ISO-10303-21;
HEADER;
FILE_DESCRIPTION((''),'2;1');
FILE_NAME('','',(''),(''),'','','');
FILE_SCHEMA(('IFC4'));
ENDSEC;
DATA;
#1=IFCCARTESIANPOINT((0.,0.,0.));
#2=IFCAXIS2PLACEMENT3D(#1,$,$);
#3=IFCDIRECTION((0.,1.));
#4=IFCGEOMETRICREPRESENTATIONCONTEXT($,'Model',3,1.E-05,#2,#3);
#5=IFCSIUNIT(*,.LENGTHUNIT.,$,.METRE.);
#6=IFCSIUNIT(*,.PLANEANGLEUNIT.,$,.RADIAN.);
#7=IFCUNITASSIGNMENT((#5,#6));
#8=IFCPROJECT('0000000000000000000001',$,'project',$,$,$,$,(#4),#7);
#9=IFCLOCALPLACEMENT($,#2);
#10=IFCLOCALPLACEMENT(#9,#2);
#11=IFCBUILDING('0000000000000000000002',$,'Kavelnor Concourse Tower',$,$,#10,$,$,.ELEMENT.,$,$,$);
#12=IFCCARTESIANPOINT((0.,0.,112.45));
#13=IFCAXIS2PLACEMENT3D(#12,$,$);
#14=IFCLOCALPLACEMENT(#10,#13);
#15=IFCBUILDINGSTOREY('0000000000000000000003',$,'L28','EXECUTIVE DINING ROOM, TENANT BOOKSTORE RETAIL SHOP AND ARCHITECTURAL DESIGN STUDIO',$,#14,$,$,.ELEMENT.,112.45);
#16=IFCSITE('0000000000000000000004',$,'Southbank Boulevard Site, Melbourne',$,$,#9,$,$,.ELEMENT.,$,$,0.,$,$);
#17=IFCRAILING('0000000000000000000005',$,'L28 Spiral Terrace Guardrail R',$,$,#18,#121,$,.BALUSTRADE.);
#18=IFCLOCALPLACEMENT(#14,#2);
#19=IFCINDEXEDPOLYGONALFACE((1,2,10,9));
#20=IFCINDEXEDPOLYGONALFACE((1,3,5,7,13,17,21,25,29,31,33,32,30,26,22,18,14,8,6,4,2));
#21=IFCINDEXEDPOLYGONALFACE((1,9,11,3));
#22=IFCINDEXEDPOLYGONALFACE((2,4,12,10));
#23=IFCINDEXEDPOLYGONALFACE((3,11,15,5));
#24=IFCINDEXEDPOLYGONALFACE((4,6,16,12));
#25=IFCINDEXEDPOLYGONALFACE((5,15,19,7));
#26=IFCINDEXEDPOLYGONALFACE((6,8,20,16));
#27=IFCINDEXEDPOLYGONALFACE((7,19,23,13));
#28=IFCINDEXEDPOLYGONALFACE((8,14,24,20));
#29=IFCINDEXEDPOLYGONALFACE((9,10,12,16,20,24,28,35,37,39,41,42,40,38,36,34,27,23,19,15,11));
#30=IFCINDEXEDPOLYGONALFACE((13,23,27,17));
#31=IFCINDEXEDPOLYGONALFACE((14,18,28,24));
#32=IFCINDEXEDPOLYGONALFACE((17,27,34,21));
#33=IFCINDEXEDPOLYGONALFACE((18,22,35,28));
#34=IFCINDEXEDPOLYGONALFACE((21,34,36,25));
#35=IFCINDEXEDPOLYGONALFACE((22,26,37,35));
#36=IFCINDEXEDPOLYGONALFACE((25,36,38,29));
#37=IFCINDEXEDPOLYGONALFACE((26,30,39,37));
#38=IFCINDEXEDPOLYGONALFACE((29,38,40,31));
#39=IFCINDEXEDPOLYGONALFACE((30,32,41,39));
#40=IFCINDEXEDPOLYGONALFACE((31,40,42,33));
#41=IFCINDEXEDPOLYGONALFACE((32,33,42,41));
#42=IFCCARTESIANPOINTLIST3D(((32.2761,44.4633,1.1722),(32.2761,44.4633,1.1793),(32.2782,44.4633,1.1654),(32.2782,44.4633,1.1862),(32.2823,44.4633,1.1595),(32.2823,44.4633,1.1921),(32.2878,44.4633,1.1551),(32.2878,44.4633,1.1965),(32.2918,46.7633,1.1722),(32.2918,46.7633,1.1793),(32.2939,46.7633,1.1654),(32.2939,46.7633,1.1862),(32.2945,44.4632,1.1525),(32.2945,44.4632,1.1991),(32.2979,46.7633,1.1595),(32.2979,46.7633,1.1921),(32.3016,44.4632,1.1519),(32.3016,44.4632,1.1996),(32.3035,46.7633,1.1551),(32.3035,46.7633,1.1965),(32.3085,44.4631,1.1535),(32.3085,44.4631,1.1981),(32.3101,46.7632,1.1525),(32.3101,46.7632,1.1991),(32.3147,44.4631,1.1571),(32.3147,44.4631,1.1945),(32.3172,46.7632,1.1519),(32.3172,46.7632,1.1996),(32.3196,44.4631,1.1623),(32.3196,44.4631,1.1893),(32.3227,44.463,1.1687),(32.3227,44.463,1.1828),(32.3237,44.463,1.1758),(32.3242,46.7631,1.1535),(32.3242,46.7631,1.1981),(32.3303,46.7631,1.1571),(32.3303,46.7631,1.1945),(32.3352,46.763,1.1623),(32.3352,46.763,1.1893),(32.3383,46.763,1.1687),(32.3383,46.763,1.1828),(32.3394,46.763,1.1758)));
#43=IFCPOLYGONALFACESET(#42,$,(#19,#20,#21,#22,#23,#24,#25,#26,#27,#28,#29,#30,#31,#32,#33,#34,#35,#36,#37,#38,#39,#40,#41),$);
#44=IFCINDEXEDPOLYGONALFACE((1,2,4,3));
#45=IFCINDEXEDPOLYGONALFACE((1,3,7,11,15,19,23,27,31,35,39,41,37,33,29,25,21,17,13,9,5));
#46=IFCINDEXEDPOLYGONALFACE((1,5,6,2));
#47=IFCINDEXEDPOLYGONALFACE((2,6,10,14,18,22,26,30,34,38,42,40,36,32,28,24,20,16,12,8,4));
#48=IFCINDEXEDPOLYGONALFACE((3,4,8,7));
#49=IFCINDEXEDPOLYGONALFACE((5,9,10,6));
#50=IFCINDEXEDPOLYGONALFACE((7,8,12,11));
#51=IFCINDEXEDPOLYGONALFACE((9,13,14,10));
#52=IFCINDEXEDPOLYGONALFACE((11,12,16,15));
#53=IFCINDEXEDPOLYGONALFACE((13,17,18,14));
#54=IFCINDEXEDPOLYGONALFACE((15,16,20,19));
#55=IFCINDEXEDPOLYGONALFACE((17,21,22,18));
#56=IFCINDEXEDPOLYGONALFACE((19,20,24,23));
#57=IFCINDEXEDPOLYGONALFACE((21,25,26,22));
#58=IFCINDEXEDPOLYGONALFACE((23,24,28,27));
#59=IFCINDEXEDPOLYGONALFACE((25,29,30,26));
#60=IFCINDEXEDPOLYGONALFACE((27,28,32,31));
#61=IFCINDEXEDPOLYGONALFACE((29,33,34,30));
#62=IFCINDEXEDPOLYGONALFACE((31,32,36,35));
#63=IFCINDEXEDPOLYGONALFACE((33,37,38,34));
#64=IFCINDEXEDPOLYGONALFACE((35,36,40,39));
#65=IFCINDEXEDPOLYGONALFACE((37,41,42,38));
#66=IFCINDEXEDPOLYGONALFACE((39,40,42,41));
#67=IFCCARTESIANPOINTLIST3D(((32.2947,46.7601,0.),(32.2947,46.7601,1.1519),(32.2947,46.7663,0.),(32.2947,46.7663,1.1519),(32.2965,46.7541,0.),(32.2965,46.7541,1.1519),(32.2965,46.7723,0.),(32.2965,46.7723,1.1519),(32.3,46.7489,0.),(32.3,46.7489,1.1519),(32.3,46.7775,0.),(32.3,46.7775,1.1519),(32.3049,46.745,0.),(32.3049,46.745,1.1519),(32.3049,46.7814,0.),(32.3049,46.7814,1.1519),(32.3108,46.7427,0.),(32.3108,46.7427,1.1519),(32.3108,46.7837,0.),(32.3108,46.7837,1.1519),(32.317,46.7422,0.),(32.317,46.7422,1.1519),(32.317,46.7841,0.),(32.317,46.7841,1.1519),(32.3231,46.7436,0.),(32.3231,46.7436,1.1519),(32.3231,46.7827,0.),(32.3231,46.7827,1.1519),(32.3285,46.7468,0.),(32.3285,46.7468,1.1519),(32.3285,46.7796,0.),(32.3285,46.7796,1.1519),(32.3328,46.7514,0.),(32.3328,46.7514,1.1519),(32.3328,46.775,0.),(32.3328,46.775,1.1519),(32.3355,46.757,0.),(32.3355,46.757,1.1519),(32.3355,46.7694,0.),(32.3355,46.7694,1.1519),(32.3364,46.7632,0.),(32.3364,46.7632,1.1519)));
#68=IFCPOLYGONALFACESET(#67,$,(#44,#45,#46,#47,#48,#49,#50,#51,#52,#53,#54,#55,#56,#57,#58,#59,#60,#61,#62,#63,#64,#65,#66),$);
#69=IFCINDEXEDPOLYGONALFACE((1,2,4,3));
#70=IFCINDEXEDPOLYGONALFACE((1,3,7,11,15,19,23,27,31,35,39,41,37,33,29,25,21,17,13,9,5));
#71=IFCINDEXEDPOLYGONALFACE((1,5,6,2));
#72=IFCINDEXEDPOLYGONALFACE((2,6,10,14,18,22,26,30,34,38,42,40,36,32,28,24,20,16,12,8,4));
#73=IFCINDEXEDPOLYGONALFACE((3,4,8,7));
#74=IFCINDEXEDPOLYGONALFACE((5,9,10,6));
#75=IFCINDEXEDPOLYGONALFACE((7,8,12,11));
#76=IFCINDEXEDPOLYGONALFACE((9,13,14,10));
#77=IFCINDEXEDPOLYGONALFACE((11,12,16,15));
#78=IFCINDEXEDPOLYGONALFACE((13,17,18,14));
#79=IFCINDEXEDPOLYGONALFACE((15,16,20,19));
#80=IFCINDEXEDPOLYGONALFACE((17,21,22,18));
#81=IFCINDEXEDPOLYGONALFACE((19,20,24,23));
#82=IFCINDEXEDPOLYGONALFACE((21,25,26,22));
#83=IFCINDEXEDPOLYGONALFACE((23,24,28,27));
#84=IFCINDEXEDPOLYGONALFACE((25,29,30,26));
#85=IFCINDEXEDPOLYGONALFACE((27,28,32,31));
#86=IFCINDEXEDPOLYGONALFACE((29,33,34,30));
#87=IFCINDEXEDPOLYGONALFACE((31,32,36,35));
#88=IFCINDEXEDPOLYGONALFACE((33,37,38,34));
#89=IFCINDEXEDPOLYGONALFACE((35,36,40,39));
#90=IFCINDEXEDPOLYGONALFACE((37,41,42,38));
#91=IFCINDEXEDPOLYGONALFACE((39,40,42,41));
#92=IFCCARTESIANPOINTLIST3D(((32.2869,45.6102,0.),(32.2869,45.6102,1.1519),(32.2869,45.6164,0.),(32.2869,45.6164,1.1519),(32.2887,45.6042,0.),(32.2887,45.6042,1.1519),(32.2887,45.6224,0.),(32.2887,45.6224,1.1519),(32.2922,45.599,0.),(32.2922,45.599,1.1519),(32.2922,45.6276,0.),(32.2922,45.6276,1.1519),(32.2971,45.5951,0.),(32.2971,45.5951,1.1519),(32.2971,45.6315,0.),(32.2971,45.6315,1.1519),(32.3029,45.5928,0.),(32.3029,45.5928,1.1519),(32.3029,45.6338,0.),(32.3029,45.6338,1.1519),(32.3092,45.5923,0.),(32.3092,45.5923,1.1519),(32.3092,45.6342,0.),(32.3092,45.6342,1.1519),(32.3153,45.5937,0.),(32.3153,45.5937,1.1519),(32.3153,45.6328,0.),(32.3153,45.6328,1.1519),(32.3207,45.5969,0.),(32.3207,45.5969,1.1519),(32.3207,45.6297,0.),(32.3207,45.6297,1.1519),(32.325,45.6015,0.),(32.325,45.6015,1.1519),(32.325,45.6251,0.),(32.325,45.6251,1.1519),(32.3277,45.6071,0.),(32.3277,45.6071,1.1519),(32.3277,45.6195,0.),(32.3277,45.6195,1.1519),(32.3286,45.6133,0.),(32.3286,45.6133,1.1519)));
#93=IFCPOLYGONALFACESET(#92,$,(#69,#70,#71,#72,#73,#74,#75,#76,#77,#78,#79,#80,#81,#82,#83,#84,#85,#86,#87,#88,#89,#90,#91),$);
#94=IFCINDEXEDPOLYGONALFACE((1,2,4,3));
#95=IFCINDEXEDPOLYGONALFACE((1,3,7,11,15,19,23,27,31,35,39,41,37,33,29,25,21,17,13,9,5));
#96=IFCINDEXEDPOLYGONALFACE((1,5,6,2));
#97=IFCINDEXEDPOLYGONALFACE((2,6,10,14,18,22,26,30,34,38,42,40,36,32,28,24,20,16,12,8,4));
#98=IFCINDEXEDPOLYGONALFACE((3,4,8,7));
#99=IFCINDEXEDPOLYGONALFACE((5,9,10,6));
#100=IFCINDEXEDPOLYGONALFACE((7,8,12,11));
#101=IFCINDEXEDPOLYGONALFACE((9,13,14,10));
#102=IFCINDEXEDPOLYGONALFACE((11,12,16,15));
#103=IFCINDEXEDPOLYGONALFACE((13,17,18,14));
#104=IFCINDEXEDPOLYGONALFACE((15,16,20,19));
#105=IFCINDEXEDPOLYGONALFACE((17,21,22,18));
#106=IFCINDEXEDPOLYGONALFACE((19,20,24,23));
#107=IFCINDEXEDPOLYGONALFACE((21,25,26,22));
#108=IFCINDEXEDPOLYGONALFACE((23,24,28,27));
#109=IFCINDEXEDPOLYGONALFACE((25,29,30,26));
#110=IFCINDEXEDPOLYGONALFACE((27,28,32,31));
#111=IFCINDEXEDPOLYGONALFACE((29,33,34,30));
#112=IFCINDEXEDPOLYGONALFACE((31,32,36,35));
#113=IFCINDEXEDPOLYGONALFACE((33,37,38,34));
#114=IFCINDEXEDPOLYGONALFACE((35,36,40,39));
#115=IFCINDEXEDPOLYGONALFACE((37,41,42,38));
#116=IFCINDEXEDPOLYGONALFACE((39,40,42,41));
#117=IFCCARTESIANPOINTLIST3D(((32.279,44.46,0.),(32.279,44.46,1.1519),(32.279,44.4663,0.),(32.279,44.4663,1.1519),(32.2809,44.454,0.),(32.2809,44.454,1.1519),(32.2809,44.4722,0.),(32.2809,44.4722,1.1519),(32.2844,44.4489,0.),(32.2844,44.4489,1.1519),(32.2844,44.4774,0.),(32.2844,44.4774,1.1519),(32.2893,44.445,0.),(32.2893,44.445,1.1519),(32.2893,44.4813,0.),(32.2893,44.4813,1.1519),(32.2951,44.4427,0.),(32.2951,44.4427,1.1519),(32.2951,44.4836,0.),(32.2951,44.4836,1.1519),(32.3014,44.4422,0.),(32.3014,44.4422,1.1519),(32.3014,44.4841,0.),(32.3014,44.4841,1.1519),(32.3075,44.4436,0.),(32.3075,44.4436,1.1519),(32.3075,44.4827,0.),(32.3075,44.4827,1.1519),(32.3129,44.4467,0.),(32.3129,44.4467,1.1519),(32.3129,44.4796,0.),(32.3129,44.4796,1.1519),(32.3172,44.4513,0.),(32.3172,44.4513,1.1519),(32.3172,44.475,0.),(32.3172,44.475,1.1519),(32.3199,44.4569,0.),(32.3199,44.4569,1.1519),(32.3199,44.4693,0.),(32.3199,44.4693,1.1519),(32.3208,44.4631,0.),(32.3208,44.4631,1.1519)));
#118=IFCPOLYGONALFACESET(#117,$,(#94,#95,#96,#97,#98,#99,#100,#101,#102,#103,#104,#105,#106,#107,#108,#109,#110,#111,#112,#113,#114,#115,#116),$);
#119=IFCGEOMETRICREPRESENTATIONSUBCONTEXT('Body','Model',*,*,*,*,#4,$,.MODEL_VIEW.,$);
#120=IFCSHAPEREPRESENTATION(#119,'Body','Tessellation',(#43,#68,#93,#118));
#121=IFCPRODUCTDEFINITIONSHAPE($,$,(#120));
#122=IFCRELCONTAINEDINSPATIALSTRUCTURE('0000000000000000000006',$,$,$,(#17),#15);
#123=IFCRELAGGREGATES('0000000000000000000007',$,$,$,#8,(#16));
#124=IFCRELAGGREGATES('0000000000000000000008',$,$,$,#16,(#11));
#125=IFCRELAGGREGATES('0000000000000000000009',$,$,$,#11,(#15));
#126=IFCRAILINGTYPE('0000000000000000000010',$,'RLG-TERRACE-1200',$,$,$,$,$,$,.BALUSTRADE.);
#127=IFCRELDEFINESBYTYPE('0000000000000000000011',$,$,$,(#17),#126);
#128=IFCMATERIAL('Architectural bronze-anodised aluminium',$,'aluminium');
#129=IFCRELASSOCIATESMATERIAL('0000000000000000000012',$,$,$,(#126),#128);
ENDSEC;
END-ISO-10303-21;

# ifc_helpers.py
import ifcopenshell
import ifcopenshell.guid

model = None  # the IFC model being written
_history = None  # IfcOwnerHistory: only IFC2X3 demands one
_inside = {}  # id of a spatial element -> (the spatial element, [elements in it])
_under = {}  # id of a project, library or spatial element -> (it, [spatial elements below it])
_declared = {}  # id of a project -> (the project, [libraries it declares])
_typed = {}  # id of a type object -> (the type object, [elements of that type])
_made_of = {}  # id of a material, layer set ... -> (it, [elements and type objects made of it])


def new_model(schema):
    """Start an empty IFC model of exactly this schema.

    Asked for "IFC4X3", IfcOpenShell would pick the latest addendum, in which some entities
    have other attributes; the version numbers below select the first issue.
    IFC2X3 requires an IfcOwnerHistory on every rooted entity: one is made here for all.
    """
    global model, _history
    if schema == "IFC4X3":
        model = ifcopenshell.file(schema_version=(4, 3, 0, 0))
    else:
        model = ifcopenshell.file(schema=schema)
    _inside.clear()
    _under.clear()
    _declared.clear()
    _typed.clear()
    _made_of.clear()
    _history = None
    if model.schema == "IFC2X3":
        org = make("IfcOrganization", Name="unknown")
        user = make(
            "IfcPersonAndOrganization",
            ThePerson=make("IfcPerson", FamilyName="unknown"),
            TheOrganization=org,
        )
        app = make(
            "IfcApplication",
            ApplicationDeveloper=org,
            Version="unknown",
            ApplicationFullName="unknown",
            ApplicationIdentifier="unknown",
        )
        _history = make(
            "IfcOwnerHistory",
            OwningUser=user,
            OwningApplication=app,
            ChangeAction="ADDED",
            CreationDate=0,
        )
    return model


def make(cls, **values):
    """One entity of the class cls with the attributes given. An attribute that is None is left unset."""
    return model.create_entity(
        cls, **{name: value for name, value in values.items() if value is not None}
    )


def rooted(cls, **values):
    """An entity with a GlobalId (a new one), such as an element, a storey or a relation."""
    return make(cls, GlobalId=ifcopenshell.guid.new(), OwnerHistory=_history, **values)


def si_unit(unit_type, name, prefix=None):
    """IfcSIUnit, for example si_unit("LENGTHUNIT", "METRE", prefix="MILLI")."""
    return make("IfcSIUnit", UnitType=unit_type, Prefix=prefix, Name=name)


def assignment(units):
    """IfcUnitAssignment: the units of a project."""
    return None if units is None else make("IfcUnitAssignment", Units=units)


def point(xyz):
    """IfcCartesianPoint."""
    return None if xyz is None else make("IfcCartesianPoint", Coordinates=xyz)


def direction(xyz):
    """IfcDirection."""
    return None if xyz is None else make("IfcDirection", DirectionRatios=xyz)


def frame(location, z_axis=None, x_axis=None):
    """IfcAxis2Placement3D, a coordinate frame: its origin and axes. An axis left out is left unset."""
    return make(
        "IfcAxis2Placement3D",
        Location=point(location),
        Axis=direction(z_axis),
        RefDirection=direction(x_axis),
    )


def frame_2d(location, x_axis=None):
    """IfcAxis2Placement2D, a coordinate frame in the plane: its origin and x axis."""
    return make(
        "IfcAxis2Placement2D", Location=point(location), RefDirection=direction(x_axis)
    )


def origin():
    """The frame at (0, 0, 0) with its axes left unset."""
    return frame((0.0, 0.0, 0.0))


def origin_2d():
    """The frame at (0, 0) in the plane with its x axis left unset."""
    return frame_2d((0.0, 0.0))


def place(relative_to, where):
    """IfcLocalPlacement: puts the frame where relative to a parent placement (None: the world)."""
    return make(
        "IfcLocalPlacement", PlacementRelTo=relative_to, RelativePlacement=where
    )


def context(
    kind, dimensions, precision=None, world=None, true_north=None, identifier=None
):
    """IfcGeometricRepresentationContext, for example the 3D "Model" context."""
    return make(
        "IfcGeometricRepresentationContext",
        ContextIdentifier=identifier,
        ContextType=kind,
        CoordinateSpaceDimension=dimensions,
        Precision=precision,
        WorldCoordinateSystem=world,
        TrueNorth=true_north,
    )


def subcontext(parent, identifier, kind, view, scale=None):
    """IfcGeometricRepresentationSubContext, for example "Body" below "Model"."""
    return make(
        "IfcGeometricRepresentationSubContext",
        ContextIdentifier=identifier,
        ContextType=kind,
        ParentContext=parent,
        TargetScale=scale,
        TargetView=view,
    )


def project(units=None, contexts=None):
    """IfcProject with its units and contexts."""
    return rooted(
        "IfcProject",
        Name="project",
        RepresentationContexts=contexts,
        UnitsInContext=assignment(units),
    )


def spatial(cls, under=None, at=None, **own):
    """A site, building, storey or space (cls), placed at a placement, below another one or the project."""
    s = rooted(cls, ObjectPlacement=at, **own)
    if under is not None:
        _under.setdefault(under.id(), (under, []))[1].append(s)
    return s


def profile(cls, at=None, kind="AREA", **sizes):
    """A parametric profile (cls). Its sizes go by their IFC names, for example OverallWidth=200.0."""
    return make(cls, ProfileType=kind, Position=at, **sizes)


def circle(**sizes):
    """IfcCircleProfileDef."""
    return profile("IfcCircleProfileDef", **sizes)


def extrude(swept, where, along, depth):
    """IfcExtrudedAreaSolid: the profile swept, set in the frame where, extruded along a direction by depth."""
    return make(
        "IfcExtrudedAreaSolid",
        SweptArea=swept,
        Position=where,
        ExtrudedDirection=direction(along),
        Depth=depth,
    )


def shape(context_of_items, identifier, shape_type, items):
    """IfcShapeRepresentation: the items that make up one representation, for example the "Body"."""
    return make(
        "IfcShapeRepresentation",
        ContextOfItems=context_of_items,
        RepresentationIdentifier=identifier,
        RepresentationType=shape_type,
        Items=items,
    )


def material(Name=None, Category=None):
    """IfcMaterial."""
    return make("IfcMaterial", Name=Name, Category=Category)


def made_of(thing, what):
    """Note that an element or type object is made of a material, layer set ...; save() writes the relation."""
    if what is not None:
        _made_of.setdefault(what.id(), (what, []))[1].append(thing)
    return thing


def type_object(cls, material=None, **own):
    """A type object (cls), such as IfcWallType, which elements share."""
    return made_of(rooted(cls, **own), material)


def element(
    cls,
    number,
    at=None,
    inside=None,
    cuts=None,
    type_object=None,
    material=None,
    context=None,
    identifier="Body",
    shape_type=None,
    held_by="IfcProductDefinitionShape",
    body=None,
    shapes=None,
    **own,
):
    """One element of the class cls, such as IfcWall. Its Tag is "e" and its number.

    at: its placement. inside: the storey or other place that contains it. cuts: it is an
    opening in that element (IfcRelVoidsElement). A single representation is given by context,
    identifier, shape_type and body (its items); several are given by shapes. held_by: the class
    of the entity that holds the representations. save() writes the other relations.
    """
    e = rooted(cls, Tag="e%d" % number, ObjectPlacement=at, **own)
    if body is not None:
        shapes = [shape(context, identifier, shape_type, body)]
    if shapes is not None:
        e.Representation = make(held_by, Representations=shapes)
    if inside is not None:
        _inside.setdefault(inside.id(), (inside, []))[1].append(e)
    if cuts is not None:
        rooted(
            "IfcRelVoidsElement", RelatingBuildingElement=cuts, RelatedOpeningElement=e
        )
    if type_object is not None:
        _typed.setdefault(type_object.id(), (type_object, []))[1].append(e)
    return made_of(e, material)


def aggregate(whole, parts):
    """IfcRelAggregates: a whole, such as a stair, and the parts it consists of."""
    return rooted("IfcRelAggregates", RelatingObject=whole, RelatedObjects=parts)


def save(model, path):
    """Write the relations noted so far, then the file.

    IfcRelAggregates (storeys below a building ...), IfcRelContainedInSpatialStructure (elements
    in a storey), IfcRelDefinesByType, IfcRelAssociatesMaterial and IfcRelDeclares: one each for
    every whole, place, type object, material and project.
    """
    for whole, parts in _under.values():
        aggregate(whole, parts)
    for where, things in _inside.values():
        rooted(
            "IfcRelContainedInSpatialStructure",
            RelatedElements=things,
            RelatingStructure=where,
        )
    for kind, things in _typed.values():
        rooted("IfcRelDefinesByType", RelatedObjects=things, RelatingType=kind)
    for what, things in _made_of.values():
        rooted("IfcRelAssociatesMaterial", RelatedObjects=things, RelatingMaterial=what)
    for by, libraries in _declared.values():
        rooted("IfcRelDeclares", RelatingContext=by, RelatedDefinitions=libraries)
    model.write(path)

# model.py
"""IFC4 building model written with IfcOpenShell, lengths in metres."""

from ifc_helpers import new_model, si_unit, direction, frame, origin, origin_2d, place, context, subcontext, project, spatial, circle, extrude, material, type_object, element, save


model = new_model("IFC4")

# Units and contexts
model_context = context("Model", 3, precision=1e-05, world=origin(), true_north=direction((0.0, 1.0)))
body_context = subcontext(model_context, "Body", "Model", "MODEL_VIEW")
ifc_project = project(units=[si_unit("LENGTHUNIT", "METRE"), si_unit("PLANEANGLEUNIT", "RADIAN")], contexts=[model_context])

# Site, building, storey
site_placement = place(None, origin())
site = spatial("IfcSite", under=ifc_project, at=site_placement, Name="Southbank Boulevard Site, Melbourne", CompositionType="ELEMENT", RefElevation=0.0)
building_placement = place(site_placement, origin())
building = spatial("IfcBuilding", under=site, at=building_placement, Name="Kavelnor Concourse Tower", CompositionType="ELEMENT")
storey_placement = place(building_placement, frame((0.0, 0.0, 112.45)))
storey = spatial("IfcBuildingStorey", under=building, at=storey_placement, Name="L28", Description="EXECUTIVE DINING ROOM, TENANT BOOKSTORE RETAIL SHOP AND ARCHITECTURAL DESIGN STUDIO", CompositionType="ELEMENT", Elevation=112.45)

# Railing
ifc_material_1 = material(Name="Architectural bronze-anodised aluminium", Category="aluminium")
railing_type = type_object("IfcRailingType", Name="RLG-TERRACE-1200", PredefinedType="BALUSTRADE", material=ifc_material_1)
railing_placement = place(storey_placement, frame((32.3154, 46.7632, 0.0)))
element("IfcRailing", 1, at=railing_placement, inside=storey, type_object=railing_type, Name="L28 Spiral Terrace Guardrail R", PredefinedType="BALUSTRADE", context=body_context, shape_type="SweptSolid", body=[
    extrude(circle(Radius=0.0239, at=origin_2d()), frame((0.0, 0.0, 1.1758), z_axis=(-0.006793, -0.999977, 0.0), x_axis=(0.999977, -0.006793, 0.0)), (0.0, 0.0, 1.0), 2.3),
    extrude(circle(Radius=0.021, at=origin_2d()), origin(), (0.0, 0.0, 1.0), 1.1519),
    extrude(circle(Radius=0.021, at=origin_2d()), frame((-0.0078, -1.1499, 0.0)), (0.0, 0.0, 1.0), 1.1519),
    extrude(circle(Radius=0.021, at=origin_2d()), frame((-0.0156, -2.3, 0.0)), (0.0, 0.0, 1.0), 1.1519),
])

save(model, "model.ifc")
